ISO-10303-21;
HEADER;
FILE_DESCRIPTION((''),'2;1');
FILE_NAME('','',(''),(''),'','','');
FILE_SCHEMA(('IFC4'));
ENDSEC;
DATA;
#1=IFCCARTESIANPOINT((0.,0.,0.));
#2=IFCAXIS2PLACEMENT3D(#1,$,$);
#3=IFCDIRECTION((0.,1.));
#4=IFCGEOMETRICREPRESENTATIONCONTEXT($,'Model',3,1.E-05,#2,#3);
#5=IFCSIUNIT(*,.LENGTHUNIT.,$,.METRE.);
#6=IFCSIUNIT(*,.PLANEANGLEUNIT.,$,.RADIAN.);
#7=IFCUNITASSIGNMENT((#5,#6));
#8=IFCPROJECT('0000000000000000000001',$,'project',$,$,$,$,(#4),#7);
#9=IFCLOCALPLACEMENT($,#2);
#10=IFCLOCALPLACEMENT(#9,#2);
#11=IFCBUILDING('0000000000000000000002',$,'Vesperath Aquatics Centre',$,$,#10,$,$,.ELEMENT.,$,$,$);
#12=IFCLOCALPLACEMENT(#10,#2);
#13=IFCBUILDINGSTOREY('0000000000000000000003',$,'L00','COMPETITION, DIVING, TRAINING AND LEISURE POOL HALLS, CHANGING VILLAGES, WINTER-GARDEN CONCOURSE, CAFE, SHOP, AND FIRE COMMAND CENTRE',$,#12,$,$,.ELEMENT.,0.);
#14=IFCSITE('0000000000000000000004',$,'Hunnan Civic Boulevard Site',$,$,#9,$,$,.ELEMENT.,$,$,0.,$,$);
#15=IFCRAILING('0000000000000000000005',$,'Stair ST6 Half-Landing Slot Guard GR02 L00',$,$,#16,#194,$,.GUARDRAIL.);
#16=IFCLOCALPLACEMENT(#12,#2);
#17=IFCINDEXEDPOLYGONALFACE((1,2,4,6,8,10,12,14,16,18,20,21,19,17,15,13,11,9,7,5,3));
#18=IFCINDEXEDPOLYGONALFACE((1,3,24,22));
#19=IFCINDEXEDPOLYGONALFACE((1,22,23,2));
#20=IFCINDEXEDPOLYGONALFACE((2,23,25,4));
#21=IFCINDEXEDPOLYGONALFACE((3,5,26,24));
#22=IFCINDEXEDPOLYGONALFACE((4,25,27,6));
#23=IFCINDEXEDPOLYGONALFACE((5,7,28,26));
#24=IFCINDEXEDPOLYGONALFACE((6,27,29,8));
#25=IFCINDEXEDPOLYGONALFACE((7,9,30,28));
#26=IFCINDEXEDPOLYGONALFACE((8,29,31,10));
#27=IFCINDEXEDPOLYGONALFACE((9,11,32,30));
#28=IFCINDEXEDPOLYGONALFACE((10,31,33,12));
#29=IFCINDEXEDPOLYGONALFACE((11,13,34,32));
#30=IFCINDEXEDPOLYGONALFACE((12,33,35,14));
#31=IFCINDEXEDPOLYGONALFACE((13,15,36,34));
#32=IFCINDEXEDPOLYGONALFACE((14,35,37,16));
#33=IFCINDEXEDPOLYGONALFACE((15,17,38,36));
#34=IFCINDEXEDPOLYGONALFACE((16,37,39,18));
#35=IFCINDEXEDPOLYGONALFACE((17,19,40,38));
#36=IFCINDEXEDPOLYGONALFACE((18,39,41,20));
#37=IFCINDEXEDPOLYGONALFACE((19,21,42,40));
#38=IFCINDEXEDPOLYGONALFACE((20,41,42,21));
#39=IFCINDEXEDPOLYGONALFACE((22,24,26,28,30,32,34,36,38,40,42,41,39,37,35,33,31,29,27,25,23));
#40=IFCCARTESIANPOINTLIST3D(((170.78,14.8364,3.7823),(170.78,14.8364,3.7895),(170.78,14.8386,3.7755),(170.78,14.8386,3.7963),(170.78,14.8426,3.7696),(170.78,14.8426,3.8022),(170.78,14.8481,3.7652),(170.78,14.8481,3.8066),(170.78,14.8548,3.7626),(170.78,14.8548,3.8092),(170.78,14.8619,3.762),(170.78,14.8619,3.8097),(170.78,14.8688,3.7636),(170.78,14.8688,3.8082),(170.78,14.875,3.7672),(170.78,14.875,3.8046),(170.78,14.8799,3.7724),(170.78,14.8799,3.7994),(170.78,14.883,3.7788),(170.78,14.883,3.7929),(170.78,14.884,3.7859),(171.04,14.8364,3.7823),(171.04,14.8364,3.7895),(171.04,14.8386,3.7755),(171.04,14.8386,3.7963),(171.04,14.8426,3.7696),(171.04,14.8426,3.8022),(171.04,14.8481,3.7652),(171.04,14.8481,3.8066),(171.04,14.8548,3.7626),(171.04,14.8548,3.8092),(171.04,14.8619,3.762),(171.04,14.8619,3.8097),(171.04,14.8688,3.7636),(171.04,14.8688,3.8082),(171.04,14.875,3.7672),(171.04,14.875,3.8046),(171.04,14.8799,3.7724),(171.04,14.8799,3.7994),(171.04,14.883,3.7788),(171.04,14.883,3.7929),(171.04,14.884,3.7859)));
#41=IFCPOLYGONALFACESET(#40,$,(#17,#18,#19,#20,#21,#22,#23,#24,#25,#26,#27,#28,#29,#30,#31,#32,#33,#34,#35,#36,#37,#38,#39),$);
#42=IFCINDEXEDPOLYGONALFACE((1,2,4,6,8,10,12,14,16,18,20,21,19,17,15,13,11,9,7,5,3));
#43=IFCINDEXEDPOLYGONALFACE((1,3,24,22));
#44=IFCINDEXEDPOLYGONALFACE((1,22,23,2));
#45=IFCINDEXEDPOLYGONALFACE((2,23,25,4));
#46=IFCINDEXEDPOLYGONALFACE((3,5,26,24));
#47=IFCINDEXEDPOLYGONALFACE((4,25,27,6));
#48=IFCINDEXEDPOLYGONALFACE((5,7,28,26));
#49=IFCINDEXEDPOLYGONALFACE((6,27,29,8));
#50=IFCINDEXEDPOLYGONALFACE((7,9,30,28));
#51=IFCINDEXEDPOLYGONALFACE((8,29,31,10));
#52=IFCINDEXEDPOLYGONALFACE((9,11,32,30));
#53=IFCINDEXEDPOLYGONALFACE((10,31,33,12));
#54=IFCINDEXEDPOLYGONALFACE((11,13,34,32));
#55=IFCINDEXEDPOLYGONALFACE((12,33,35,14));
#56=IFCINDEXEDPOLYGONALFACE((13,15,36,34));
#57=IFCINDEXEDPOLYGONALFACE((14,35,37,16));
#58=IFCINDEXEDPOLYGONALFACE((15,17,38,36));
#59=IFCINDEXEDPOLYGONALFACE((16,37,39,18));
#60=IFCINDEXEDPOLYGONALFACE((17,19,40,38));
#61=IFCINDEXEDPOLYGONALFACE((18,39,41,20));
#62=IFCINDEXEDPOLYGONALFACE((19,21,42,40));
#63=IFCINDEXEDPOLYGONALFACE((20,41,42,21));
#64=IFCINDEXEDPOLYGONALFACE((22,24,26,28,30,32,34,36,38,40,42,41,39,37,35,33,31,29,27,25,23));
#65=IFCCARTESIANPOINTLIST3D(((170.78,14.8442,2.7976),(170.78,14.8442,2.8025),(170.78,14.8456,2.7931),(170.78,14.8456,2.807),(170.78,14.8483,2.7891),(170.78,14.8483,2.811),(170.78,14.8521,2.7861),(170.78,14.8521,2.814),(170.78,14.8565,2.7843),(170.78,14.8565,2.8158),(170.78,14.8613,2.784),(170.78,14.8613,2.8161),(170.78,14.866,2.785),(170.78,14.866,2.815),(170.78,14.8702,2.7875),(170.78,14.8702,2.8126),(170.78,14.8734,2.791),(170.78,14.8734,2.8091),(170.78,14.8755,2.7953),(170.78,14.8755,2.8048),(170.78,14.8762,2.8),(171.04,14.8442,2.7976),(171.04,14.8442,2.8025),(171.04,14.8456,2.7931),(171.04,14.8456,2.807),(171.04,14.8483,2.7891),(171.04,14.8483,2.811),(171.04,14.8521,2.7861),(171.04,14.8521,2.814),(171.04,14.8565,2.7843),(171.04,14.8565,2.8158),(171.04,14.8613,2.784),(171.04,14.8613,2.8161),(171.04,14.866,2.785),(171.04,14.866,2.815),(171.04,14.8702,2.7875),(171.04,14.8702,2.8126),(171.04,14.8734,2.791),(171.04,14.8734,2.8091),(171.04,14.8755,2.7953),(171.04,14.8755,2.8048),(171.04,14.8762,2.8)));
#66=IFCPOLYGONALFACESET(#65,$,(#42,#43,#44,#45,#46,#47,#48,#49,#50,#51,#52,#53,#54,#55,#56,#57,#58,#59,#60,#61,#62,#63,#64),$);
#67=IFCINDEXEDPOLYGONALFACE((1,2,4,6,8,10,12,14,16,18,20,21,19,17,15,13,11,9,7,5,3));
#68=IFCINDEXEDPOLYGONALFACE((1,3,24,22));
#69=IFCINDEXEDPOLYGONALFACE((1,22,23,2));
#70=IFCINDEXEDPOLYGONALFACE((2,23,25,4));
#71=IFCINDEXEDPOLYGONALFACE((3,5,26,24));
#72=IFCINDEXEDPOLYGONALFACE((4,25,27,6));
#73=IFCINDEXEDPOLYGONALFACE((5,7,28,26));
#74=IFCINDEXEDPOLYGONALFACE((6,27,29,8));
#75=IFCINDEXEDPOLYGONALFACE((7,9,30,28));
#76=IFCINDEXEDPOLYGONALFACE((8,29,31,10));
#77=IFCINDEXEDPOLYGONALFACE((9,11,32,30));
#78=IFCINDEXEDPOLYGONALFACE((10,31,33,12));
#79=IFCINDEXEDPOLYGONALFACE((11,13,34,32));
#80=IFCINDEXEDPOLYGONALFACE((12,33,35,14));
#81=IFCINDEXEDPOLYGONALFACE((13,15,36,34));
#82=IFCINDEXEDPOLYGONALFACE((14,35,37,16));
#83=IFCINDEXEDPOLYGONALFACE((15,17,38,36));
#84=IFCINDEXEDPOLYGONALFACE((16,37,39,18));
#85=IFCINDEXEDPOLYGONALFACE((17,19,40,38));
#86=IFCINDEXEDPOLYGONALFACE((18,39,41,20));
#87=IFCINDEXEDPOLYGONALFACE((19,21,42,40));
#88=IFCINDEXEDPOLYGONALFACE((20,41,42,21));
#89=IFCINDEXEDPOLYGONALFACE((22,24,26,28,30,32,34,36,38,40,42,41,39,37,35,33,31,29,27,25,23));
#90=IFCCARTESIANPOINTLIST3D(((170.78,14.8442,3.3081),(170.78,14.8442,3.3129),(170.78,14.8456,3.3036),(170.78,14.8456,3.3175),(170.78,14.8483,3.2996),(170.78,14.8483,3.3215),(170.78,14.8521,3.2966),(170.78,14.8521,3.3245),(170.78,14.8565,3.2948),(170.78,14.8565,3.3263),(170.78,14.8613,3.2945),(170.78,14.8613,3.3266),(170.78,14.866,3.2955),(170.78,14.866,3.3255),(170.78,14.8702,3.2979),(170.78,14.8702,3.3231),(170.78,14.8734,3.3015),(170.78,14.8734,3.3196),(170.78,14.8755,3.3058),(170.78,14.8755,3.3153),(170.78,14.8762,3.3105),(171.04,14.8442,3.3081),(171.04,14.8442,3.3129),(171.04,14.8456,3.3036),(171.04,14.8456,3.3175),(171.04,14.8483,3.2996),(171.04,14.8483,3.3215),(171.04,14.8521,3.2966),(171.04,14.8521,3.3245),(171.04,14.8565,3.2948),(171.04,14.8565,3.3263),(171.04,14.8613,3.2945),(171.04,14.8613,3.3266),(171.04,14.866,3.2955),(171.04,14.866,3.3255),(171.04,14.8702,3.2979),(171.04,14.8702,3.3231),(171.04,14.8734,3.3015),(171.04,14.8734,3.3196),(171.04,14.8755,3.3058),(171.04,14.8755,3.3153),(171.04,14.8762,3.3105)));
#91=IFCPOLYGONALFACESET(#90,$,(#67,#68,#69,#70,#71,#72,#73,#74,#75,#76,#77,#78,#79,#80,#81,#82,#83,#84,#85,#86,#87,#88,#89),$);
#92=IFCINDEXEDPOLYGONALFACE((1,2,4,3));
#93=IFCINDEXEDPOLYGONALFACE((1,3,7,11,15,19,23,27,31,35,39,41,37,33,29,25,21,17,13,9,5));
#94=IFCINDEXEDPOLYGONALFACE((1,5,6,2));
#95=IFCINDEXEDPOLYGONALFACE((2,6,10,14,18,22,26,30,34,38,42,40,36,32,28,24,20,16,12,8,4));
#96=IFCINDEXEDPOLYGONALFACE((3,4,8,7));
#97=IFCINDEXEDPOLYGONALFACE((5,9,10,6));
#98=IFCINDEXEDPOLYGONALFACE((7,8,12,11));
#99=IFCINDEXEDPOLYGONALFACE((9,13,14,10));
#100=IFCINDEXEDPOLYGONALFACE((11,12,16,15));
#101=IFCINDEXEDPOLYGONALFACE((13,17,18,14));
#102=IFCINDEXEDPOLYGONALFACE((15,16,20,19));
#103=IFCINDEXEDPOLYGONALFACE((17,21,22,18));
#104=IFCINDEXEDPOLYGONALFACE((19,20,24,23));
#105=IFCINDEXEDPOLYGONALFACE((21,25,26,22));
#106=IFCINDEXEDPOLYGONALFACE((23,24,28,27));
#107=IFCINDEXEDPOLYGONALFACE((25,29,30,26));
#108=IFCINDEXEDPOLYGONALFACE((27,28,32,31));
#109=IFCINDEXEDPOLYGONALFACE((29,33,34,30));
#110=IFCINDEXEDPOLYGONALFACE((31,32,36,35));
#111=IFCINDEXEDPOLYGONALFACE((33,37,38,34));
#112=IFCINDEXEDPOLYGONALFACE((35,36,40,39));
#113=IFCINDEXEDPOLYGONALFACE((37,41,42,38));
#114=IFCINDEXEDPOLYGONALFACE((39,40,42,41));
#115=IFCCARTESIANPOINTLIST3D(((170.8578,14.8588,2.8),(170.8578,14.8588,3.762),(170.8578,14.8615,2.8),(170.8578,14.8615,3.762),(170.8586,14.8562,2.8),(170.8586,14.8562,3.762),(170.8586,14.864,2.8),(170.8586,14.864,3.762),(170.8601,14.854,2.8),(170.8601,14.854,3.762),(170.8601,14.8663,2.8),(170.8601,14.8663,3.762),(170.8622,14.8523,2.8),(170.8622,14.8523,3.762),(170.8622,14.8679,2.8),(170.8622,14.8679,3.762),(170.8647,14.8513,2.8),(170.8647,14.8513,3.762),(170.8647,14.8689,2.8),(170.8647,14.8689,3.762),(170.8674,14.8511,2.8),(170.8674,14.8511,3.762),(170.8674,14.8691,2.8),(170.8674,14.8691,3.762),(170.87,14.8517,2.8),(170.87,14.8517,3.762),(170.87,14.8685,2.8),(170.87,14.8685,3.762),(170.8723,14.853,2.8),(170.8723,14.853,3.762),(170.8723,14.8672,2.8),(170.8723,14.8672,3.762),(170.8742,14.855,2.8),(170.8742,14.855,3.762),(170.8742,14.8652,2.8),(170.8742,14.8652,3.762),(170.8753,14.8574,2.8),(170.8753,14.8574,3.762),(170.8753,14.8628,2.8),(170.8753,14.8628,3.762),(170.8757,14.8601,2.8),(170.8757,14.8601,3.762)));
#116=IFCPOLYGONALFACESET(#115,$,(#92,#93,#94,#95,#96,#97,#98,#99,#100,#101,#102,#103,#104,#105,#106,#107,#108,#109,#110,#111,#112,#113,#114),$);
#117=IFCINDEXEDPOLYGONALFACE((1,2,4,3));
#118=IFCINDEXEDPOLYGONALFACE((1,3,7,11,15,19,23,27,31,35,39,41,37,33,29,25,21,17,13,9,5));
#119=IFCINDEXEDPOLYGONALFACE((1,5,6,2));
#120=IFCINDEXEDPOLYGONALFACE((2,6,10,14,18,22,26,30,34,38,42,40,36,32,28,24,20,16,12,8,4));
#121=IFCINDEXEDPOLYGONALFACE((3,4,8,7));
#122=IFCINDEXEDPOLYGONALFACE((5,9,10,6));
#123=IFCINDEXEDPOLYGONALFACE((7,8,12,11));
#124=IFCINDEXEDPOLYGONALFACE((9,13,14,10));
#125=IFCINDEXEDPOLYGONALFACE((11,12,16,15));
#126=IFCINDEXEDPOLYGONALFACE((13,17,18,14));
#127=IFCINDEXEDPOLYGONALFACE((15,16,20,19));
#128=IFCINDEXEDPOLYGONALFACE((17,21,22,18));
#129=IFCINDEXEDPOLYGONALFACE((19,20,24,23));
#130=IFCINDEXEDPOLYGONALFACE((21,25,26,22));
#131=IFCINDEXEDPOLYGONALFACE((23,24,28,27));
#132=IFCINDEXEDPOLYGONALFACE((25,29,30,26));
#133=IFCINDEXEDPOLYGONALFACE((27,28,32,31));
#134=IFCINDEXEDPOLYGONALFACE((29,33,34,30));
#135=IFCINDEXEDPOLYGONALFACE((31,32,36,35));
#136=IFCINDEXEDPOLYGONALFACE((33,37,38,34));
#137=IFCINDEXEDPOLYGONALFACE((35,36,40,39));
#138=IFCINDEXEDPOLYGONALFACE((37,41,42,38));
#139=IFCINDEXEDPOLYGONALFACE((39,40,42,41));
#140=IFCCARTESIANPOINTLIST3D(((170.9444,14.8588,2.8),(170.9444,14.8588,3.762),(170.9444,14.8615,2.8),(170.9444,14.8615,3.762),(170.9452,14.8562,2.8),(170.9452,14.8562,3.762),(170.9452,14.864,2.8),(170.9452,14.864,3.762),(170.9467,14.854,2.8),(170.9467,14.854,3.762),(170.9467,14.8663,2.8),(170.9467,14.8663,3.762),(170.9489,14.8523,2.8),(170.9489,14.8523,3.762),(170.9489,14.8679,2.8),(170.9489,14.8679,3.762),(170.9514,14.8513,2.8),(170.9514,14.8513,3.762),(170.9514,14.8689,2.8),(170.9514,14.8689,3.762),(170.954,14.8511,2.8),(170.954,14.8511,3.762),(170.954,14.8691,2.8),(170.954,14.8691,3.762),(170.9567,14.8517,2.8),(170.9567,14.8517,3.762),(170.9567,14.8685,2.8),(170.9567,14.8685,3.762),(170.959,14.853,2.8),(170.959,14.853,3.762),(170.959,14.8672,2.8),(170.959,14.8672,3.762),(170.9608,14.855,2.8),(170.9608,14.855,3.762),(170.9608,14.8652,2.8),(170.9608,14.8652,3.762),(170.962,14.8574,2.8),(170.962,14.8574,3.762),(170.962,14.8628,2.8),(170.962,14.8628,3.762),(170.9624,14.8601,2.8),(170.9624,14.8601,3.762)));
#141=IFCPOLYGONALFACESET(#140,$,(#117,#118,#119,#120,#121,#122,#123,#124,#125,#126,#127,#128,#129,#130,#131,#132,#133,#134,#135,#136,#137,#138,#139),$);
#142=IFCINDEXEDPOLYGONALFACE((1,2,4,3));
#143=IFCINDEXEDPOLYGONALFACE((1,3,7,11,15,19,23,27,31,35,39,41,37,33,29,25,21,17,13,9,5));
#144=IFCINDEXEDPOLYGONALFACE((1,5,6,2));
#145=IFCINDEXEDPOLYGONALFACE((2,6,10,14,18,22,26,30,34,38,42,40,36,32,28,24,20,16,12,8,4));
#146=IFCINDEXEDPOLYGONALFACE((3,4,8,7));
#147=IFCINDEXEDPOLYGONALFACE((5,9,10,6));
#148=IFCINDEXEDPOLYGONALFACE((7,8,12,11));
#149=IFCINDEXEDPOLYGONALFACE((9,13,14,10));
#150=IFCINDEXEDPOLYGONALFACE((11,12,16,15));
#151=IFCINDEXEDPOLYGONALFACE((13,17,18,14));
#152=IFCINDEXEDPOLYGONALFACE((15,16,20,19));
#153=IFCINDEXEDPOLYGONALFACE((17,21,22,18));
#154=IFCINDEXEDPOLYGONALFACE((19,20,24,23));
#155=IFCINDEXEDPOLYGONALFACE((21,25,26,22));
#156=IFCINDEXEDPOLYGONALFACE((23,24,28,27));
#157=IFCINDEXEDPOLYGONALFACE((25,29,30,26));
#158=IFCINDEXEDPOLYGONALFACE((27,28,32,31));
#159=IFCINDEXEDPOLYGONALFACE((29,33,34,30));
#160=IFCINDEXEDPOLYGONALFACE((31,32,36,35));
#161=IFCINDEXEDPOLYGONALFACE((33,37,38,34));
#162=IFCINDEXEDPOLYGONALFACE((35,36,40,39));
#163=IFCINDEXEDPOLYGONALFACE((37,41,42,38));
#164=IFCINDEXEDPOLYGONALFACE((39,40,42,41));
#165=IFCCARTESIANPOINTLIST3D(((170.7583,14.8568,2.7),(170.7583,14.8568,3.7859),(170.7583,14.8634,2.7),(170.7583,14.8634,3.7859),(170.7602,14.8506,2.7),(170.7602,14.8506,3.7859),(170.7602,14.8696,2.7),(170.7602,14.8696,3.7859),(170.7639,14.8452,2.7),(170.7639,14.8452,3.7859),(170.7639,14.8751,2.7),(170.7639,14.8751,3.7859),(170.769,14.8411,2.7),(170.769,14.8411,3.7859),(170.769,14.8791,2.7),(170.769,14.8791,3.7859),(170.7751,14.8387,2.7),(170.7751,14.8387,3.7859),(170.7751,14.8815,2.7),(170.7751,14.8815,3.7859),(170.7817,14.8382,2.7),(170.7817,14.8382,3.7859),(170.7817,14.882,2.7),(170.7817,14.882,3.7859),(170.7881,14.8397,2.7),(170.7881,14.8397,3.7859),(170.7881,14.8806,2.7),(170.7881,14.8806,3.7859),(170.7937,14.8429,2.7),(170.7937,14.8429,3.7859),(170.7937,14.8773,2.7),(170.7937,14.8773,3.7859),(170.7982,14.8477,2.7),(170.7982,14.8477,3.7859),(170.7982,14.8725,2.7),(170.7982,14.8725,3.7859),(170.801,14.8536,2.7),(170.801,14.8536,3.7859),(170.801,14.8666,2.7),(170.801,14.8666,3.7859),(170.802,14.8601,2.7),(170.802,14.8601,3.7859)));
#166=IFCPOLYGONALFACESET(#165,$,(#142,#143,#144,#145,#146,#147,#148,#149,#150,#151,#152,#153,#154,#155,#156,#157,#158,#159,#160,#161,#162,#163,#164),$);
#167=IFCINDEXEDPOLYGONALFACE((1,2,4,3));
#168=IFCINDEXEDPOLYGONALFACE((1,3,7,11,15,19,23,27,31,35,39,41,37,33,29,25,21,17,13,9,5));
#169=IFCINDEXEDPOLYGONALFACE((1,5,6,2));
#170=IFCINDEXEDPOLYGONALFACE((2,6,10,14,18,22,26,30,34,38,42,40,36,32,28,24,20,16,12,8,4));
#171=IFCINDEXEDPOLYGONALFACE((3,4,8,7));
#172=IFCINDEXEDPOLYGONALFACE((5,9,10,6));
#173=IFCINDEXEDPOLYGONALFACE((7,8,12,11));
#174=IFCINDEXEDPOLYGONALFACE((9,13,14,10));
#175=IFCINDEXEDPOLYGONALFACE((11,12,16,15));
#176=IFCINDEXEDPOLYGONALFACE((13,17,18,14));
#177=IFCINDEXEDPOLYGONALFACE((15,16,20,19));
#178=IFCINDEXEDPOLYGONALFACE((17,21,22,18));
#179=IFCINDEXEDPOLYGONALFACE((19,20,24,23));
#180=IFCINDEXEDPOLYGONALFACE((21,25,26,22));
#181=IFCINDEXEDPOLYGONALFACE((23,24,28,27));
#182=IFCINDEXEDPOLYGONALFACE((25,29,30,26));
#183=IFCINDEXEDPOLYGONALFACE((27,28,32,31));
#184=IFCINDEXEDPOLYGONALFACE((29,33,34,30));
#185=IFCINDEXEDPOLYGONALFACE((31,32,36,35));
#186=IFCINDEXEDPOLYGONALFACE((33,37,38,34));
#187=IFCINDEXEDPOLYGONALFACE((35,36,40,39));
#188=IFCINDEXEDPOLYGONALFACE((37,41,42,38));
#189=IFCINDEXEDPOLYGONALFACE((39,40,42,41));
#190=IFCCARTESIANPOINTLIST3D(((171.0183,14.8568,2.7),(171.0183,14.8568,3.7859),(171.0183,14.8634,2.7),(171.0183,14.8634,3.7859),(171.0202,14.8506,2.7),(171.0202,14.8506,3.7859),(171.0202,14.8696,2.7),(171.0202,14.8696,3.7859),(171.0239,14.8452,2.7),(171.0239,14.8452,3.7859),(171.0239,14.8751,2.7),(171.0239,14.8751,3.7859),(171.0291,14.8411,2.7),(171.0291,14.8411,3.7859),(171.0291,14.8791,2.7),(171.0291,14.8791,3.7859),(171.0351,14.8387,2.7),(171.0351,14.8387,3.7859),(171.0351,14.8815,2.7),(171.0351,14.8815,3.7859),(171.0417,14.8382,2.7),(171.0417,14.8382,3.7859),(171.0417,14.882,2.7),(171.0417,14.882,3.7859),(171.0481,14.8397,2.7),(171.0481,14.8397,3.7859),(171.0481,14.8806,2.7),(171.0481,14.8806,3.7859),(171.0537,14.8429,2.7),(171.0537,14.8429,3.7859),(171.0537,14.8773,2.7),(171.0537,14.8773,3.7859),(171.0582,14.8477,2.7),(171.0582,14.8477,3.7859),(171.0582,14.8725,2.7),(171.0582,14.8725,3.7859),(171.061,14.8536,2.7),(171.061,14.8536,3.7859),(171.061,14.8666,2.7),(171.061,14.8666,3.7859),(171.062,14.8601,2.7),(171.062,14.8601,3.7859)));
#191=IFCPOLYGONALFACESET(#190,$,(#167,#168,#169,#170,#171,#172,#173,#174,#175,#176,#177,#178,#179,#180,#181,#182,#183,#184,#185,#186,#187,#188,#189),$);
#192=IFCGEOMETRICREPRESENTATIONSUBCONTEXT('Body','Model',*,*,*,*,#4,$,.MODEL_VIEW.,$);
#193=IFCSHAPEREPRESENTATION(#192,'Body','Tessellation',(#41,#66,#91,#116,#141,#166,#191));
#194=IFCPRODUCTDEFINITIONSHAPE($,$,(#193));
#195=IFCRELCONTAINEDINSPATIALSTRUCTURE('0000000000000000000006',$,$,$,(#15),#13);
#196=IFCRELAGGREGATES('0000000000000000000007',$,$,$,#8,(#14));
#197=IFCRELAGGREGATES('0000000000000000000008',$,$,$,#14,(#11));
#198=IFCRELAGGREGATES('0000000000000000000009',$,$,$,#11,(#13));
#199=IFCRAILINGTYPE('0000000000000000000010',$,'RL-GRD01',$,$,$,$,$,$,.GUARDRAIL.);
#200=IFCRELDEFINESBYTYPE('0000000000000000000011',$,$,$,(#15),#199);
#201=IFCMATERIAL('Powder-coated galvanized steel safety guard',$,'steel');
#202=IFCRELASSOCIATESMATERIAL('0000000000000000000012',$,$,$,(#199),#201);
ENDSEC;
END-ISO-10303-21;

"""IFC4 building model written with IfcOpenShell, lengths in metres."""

from ifc_helpers import new_model, si_unit, direction, frame, origin, origin_2d, place, context, subcontext, project, spatial, circle, extrude, material, type_object, element, save


model = new_model("IFC4")

# Units and contexts
model_context = context("Model", 3, precision=1e-05, world=origin(), true_north=direction((0.0, 1.0)))
body_context = subcontext(model_context, "Body", "Model", "MODEL_VIEW")
ifc_project = project(units=[si_unit("LENGTHUNIT", "METRE"), si_unit("PLANEANGLEUNIT", "RADIAN")], contexts=[model_context])

# Site, building, storey
site_placement = place(None, origin())
site = spatial("IfcSite", under=ifc_project, at=site_placement, Name="Hunnan Civic Boulevard Site", CompositionType="ELEMENT", RefElevation=0.0)
building_placement = place(site_placement, origin())
building = spatial("IfcBuilding", under=site, at=building_placement, Name="Vesperath Aquatics Centre", CompositionType="ELEMENT")
storey_placement = place(building_placement, origin())
storey = spatial("IfcBuildingStorey", under=building, at=storey_placement, Name="L00", Description="COMPETITION, DIVING, TRAINING AND LEISURE POOL HALLS, CHANGING VILLAGES, WINTER-GARDEN CONCOURSE, CAFE, SHOP, AND FIRE COMMAND CENTRE", CompositionType="ELEMENT", Elevation=0.0)

# Railing
ifc_material_1 = material(Name="Powder-coated galvanized steel safety guard", Category="steel")
railing_type_1 = type_object("IfcRailingType", Name="RL-GRD01", PredefinedType="GUARDRAIL", material=ifc_material_1)
railing_1_placement = place(storey_placement, frame((170.78, 14.8601, 2.7)))
element("IfcRailing", 1, at=railing_1_placement, inside=storey, type_object=railing_type_1, Name="Stair ST6 Half-Landing Slot Guard GR02 L00", PredefinedType="GUARDRAIL", context=body_context, shape_type="SweptSolid", body=[
    extrude(circle(Radius=0.0239, at=origin_2d()), frame((0.0, 0.0, 1.0859), z_axis=(1.0, 0.0, 0.0), x_axis=(0.0, 1.0, 0.0)), (0.0, 0.0, 1.0), 0.26),
    extrude(circle(Radius=0.0161, at=origin_2d()), frame((0.0, 0.0, 0.1001), z_axis=(1.0, 0.0, 0.0), x_axis=(0.0, 1.0, 0.0)), (0.0, 0.0, 1.0), 0.26),
    extrude(circle(Radius=0.0161, at=origin_2d()), frame((0.0, 0.0, 0.6106), z_axis=(1.0, 0.0, 0.0), x_axis=(0.0, 1.0, 0.0)), (0.0, 0.0, 1.0), 0.26),
    extrude(circle(Radius=0.009, at=origin_2d()), frame((0.0867, 0.0, 0.1001)), (0.0, 0.0, 1.0), 0.9619),
    extrude(circle(Radius=0.009, at=origin_2d()), frame((0.1733, 0.0, 0.1001)), (0.0, 0.0, 1.0), 0.9619),
    extrude(circle(Radius=0.022, at=origin_2d()), origin(), (0.0, 0.0, 1.0), 1.0859),
    extrude(circle(Radius=0.022, at=origin_2d()), frame((0.26, 0.0, 0.0)), (0.0, 0.0, 1.0), 1.0859),
])

save(model, "model.ifc")
